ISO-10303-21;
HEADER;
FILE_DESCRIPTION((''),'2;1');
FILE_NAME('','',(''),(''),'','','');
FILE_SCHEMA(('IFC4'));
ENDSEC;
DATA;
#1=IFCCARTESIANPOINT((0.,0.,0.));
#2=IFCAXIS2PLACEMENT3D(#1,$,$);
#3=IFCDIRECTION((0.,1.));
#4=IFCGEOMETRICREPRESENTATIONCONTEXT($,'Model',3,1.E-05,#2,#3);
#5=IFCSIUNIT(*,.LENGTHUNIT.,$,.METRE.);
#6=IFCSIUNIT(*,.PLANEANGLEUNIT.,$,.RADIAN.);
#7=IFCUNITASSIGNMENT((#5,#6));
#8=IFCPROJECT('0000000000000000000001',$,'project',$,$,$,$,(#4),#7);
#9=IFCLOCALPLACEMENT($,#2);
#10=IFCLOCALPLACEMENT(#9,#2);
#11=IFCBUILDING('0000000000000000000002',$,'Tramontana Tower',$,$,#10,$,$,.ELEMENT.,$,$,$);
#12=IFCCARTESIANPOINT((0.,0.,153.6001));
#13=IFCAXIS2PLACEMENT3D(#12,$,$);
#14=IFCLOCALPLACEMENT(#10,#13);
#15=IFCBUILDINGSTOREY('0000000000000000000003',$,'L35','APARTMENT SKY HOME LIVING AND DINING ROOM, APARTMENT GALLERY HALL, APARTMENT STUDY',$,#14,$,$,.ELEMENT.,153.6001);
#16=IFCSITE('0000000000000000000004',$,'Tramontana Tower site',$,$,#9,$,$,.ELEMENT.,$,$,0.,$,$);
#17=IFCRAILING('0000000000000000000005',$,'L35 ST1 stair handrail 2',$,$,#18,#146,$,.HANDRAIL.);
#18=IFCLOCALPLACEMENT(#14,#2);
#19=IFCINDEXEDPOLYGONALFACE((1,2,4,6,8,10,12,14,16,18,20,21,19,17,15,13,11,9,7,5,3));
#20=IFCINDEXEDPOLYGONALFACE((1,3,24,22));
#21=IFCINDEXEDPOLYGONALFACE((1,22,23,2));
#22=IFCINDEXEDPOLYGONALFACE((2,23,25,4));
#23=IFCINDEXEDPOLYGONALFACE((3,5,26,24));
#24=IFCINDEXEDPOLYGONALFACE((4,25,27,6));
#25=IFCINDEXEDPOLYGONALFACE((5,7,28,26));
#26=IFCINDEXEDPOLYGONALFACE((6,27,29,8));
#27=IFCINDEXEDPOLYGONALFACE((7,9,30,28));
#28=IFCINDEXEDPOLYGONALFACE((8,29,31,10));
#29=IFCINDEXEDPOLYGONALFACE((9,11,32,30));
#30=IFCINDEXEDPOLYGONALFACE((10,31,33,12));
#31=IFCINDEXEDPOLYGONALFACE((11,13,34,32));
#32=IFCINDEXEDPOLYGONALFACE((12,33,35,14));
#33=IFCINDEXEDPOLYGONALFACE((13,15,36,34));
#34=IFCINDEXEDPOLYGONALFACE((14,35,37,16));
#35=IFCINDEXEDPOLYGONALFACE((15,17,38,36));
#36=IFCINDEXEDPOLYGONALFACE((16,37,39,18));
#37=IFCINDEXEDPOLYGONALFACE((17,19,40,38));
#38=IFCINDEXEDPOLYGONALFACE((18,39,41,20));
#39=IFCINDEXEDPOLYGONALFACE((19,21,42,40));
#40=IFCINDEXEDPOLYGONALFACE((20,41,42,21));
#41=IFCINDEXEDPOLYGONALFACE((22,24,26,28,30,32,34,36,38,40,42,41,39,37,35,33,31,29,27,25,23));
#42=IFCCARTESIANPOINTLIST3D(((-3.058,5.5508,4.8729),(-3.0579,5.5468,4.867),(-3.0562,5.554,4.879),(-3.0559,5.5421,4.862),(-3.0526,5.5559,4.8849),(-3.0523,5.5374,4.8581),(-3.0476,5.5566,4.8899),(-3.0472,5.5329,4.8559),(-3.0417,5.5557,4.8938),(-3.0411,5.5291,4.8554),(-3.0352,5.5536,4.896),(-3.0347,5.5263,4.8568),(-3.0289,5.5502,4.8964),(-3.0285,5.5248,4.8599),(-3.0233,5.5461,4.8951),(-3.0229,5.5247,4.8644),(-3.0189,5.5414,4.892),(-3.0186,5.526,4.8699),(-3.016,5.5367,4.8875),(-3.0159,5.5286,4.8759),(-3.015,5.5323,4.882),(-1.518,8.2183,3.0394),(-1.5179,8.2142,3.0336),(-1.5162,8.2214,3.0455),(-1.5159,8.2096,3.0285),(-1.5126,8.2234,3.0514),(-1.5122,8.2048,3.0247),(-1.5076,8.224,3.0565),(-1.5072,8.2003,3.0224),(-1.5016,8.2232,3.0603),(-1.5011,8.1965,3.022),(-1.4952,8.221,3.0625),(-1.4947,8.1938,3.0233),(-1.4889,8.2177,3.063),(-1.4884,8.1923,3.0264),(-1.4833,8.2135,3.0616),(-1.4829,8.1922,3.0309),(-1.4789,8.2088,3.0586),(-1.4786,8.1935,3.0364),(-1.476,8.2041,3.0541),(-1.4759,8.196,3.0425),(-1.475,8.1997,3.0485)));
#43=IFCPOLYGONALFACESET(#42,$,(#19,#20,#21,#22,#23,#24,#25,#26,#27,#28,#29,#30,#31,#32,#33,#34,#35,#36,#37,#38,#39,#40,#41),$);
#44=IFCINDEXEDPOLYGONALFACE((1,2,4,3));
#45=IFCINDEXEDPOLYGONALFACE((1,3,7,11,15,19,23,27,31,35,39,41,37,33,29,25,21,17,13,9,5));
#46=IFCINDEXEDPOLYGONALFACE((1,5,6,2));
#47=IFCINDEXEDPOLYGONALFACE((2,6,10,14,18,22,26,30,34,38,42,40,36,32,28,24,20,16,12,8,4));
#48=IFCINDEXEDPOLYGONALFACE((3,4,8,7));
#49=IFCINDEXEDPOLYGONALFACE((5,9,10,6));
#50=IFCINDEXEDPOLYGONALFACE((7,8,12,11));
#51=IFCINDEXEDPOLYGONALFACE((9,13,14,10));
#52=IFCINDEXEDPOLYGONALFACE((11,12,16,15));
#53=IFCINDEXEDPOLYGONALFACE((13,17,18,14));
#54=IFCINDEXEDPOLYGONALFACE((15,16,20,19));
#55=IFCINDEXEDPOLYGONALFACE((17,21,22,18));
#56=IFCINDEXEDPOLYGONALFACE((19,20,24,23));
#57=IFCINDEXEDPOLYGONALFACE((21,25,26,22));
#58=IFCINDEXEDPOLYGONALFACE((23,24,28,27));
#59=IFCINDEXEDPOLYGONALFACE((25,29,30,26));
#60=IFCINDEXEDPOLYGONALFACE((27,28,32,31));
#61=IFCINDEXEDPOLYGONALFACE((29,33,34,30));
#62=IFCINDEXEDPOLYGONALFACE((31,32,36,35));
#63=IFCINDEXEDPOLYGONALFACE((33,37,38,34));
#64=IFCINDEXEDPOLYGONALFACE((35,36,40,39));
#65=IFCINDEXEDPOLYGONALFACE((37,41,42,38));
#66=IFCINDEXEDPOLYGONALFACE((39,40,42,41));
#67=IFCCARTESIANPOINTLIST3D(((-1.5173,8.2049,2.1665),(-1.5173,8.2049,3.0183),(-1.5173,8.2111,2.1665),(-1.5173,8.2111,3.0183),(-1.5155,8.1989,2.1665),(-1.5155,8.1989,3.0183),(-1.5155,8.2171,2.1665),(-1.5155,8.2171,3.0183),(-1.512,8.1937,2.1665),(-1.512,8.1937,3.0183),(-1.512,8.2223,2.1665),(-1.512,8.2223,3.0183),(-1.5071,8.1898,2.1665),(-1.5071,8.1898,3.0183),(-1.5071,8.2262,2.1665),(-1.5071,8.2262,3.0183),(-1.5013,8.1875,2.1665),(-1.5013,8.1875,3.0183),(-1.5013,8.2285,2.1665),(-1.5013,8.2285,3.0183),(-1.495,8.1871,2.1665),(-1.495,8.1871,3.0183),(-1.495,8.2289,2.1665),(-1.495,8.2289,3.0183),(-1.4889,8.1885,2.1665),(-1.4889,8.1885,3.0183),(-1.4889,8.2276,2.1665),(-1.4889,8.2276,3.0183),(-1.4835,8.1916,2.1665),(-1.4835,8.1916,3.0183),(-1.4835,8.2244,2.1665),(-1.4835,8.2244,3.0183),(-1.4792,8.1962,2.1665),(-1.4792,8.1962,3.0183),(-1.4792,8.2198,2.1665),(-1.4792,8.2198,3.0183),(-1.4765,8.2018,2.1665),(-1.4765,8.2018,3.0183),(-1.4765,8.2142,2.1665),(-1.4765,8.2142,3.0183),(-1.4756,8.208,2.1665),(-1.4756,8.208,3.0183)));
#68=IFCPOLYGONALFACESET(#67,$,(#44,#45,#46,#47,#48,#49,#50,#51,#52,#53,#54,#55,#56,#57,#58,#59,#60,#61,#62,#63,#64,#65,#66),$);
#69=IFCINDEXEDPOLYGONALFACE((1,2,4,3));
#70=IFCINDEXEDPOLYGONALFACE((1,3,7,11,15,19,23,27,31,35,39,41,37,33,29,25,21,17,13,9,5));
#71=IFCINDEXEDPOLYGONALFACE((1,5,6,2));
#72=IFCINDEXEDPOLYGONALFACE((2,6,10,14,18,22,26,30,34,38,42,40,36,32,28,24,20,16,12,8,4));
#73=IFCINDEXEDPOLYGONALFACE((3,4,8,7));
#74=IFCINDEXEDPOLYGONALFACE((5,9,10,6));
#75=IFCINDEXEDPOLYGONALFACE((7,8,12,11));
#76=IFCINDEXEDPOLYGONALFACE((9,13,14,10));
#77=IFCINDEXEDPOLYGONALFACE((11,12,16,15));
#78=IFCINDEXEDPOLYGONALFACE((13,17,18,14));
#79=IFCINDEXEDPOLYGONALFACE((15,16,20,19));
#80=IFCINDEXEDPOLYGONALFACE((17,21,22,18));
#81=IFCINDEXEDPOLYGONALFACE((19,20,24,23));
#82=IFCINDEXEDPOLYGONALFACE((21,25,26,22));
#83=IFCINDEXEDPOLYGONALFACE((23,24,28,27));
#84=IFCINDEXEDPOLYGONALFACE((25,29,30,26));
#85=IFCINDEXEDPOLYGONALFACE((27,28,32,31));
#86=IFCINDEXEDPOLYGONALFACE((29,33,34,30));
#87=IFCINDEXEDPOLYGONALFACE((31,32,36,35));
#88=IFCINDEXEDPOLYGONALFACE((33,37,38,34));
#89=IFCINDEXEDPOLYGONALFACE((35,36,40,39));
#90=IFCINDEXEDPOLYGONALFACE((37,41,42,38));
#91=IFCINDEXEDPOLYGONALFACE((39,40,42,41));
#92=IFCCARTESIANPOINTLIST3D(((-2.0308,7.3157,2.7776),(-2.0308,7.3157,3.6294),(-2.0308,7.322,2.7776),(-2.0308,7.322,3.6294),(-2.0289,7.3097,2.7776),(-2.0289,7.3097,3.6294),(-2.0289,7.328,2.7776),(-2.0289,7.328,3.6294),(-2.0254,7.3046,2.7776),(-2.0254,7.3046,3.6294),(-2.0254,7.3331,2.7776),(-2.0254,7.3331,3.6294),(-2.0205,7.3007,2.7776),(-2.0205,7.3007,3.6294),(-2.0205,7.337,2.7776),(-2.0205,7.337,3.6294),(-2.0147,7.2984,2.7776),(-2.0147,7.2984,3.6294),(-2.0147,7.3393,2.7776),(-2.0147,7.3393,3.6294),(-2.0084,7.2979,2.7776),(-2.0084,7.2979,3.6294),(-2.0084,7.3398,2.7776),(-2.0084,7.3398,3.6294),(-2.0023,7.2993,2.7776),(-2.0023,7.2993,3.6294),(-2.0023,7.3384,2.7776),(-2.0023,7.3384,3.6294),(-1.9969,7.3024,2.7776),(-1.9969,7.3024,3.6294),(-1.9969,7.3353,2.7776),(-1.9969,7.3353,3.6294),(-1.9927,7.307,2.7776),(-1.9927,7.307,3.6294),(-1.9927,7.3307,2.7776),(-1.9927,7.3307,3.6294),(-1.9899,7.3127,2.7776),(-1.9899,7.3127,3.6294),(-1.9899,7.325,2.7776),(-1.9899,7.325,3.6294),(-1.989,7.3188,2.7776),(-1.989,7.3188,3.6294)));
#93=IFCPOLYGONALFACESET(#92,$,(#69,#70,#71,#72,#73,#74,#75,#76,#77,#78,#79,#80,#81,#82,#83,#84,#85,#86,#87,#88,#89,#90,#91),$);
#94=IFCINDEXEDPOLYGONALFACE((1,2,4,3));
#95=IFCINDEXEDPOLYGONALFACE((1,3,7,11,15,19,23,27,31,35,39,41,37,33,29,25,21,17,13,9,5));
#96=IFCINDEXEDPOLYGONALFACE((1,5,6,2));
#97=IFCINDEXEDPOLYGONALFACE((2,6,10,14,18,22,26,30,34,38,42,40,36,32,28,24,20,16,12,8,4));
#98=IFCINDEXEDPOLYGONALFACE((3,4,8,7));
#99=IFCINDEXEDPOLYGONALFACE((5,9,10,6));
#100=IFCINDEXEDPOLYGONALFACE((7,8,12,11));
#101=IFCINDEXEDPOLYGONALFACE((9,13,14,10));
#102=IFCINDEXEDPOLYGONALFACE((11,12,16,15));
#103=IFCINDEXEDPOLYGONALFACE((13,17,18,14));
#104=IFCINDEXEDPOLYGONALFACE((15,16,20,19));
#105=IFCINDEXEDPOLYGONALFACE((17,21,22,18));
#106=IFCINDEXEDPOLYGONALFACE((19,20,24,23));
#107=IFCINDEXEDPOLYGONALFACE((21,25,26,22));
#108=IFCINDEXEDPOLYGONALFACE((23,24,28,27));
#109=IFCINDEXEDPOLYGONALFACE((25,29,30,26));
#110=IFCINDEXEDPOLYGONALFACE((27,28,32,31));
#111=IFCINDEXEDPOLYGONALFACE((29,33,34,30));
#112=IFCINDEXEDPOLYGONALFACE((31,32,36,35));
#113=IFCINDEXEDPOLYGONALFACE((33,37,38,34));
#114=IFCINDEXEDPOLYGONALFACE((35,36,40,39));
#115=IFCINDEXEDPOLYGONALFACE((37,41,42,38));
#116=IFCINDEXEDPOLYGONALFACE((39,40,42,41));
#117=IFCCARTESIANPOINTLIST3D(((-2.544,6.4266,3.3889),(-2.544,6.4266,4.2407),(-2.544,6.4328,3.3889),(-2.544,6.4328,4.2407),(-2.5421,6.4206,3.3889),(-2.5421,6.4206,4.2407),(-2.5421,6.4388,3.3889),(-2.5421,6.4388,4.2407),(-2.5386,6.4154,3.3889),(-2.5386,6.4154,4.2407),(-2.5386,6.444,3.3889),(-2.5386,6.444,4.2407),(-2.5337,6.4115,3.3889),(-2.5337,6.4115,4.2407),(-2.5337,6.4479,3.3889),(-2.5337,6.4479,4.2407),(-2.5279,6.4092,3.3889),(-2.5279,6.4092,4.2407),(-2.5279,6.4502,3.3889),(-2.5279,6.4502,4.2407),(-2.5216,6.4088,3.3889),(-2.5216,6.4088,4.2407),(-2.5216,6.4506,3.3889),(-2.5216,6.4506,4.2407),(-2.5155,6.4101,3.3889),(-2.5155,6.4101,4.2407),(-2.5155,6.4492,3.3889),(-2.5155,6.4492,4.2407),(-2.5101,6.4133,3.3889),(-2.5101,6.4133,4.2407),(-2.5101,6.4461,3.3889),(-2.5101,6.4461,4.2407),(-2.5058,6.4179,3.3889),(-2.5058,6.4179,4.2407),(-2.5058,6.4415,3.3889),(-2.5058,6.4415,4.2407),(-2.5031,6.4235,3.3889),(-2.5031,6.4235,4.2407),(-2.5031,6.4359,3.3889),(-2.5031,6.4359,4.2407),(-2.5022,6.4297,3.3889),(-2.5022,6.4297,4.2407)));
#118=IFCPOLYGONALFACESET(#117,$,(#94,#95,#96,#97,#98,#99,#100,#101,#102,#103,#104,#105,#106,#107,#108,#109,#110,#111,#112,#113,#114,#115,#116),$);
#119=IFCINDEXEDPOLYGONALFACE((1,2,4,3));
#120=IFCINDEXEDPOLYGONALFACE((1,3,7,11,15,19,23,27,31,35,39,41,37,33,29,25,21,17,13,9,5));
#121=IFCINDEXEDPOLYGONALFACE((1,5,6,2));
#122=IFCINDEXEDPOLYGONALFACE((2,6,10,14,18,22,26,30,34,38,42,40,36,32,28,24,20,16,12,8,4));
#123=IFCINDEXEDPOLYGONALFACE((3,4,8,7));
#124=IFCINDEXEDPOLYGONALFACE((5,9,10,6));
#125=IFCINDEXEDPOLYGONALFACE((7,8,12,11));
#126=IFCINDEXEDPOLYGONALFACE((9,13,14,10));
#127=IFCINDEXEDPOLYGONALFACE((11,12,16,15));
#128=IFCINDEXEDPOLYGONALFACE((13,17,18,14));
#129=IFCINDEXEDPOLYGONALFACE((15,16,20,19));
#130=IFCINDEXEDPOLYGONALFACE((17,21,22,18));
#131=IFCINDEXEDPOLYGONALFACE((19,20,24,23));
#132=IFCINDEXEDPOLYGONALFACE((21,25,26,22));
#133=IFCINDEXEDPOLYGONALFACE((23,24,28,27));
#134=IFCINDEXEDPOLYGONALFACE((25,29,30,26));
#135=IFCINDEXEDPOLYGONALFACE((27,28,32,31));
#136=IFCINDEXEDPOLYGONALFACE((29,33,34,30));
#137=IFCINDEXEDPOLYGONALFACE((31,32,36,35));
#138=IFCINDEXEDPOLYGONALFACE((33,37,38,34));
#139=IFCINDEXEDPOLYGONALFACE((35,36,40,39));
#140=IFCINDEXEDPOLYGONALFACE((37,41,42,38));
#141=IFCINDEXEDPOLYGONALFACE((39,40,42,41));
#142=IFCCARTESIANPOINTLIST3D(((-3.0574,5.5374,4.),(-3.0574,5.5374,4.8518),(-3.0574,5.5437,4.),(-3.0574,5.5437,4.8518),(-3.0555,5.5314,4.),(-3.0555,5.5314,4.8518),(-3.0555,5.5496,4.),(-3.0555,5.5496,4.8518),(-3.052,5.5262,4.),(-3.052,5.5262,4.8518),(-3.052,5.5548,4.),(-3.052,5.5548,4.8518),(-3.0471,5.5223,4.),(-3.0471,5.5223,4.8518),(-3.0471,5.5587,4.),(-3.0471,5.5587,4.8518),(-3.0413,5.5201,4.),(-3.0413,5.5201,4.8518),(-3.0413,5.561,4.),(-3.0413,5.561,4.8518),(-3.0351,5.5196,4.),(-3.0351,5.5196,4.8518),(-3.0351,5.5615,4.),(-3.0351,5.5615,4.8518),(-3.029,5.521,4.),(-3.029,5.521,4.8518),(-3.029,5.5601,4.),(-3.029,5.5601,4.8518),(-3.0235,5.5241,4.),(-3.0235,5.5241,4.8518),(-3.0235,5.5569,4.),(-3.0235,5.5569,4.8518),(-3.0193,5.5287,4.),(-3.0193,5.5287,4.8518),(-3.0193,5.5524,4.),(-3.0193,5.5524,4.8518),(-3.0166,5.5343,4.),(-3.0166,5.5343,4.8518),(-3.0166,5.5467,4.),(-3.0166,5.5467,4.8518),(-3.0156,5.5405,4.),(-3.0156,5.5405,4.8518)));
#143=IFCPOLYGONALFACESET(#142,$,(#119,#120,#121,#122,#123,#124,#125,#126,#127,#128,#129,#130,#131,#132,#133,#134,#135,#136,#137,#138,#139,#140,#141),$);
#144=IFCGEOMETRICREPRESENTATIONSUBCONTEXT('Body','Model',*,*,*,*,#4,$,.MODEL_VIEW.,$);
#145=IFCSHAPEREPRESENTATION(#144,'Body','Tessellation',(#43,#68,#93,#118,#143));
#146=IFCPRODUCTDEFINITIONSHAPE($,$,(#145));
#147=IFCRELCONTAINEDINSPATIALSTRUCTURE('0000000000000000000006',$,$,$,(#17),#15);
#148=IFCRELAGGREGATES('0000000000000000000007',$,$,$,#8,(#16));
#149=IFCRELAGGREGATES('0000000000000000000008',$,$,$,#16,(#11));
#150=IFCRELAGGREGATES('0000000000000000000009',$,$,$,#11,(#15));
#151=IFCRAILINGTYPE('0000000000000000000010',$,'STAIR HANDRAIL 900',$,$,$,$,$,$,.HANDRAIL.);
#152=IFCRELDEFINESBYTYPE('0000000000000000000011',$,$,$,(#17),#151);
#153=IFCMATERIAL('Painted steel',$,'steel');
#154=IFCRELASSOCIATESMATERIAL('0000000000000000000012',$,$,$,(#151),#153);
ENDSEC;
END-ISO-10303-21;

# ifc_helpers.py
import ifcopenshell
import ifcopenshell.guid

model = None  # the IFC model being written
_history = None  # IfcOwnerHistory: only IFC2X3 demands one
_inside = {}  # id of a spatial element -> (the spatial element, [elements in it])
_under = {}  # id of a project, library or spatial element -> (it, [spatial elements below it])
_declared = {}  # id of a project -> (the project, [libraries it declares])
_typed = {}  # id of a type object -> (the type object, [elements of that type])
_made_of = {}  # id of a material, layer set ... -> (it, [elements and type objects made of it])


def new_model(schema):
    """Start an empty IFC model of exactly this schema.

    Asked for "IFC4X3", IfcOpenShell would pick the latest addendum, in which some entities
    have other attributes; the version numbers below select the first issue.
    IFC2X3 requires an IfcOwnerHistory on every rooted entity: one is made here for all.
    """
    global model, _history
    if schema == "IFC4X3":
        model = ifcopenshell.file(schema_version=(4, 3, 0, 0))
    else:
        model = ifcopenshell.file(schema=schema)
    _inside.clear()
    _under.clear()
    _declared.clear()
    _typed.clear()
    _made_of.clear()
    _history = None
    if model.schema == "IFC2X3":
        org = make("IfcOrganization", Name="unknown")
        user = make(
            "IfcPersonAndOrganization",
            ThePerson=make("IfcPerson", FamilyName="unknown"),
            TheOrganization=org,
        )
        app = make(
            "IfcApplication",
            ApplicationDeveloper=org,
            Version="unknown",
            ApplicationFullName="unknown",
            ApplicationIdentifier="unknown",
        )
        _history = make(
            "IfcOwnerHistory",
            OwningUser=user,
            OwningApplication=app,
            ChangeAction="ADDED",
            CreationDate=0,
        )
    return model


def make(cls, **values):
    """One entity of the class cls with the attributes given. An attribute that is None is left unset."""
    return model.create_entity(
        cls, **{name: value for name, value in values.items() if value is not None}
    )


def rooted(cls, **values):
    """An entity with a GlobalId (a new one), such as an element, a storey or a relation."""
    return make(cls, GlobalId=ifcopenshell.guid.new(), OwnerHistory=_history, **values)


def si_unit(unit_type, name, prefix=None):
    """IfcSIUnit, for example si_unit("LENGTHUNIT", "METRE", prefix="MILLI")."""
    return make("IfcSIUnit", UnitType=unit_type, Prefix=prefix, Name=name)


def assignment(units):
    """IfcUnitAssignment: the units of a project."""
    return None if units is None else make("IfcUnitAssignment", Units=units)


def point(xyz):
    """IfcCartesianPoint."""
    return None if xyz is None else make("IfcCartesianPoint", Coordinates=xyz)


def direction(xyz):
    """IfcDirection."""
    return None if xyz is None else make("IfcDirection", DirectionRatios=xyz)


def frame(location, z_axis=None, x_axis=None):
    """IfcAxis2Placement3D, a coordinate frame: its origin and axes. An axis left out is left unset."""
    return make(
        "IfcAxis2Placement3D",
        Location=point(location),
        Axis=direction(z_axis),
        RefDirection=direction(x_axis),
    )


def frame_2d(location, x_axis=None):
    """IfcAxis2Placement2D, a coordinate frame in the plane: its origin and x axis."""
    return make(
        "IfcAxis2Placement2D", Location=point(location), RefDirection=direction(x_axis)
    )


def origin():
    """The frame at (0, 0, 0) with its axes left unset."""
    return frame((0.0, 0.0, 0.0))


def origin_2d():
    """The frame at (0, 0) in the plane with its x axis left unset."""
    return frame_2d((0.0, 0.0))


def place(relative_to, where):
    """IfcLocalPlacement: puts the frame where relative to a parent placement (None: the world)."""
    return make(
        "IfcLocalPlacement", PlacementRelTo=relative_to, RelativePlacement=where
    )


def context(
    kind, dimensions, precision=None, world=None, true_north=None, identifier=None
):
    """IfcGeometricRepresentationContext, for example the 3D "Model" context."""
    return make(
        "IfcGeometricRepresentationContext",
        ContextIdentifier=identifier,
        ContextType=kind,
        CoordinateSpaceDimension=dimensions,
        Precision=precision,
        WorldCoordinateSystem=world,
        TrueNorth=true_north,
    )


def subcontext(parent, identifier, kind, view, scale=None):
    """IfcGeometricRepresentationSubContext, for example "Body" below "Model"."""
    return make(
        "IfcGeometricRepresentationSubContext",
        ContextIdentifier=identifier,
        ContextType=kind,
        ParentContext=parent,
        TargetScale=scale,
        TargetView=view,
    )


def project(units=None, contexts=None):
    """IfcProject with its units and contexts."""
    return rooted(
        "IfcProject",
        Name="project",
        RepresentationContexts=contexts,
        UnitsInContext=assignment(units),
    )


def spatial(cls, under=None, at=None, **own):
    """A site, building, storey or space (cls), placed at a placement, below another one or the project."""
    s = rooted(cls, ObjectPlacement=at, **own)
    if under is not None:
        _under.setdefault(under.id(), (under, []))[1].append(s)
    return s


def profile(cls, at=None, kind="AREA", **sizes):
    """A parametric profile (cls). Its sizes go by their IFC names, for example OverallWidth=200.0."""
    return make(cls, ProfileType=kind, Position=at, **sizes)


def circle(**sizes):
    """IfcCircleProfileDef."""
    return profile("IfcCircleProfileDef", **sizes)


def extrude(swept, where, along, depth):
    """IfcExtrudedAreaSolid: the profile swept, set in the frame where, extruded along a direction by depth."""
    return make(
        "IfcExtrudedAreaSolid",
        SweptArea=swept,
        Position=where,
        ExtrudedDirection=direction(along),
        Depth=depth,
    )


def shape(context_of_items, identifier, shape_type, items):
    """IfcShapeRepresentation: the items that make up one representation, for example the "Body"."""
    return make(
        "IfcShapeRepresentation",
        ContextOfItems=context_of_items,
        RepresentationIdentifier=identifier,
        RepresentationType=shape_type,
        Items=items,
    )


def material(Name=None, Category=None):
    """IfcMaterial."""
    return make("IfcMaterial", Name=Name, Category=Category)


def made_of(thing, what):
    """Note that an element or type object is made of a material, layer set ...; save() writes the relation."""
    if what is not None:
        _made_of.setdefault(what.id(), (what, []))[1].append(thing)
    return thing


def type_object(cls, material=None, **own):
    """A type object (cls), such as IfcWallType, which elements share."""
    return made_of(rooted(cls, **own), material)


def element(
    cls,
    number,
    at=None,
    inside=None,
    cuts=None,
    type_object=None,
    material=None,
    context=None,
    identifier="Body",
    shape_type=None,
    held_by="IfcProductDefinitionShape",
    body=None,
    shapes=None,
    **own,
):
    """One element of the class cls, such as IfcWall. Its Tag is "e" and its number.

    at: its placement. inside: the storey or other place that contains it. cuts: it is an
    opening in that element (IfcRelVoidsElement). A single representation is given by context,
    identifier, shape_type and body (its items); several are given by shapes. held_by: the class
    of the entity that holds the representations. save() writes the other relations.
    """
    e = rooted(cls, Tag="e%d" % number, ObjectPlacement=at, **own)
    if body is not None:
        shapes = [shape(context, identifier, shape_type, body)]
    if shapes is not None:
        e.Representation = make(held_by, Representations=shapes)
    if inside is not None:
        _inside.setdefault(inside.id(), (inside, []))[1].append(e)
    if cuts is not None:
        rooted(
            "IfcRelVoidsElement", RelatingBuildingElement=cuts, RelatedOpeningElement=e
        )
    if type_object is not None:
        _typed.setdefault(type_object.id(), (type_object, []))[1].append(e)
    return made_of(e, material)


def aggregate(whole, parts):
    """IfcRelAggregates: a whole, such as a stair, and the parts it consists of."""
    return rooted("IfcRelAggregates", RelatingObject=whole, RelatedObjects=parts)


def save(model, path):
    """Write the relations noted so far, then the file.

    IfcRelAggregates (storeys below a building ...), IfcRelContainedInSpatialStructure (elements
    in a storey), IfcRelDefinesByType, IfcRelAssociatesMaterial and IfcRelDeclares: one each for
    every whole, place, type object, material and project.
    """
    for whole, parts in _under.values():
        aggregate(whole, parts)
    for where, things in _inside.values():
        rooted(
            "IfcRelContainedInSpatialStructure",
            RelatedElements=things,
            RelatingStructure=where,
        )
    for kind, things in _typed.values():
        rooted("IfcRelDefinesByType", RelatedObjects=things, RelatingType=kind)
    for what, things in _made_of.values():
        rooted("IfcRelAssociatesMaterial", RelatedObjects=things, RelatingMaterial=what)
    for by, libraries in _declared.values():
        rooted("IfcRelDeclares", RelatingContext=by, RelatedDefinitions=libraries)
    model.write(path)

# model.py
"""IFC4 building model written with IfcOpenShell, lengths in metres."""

from ifc_helpers import new_model, si_unit, direction, frame, origin, origin_2d, place, context, subcontext, project, spatial, circle, extrude, material, type_object, element, save


model = new_model("IFC4")

# Units and contexts
model_context = context("Model", 3, precision=1e-05, world=origin(), true_north=direction((0.0, 1.0)))
body_context = subcontext(model_context, "Body", "Model", "MODEL_VIEW")
ifc_project = project(units=[si_unit("LENGTHUNIT", "METRE"), si_unit("PLANEANGLEUNIT", "RADIAN")], contexts=[model_context])

# Site, building, storey
site_placement = place(None, origin())
site = spatial("IfcSite", under=ifc_project, at=site_placement, Name="Tramontana Tower site", CompositionType="ELEMENT", RefElevation=0.0)
building_placement = place(site_placement, origin())
building = spatial("IfcBuilding", under=site, at=building_placement, Name="Tramontana Tower", CompositionType="ELEMENT")
storey_placement = place(building_placement, frame((0.0, 0.0, 153.6001)))
storey = spatial("IfcBuildingStorey", under=building, at=storey_placement, Name="L35", Description="APARTMENT SKY HOME LIVING AND DINING ROOM, APARTMENT GALLERY HALL, APARTMENT STUDY", CompositionType="ELEMENT", Elevation=153.6001)

# Railing
ifc_material_1 = material(Name="Painted steel", Category="steel")
railing_type_1 = type_object("IfcRailingType", Name="STAIR HANDRAIL 900", PredefinedType="HANDRAIL", material=ifc_material_1)
railing_1_placement = place(storey_placement, frame((-1.4966, 8.208, 2.1665)))
element("IfcRailing", 1, at=railing_1_placement, inside=storey, type_object=railing_type_1, Name="L35 ST1 stair handrail 2", PredefinedType="HANDRAIL", context=body_context, shape_type="SweptSolid", body=[
    extrude(circle(Radius=0.0239, at=origin_2d()), frame((0.0, 0.0, 0.876), z_axis=(-0.429634, -0.744164, 0.511502), x_axis=(0.86603, -0.499992, 0.0)), (0.0, 0.0, 1.0), 3.5845),
    extrude(circle(Radius=0.021, at=origin_2d()), origin(), (0.0, 0.0, 1.0), 0.8518),
    extrude(circle(Radius=0.021, at=origin_2d()), frame((-0.5134, -0.8892, 0.6111)), (0.0, 0.0, 1.0), 0.8518),
    extrude(circle(Radius=0.021, at=origin_2d()), frame((-1.0266, -1.7783, 1.2224)), (0.0, 0.0, 1.0), 0.8518),
    extrude(circle(Radius=0.021, at=origin_2d()), frame((-1.54, -2.6675, 1.8335)), (0.0, 0.0, 1.0), 0.8518),
])

save(model, "model.ifc")
